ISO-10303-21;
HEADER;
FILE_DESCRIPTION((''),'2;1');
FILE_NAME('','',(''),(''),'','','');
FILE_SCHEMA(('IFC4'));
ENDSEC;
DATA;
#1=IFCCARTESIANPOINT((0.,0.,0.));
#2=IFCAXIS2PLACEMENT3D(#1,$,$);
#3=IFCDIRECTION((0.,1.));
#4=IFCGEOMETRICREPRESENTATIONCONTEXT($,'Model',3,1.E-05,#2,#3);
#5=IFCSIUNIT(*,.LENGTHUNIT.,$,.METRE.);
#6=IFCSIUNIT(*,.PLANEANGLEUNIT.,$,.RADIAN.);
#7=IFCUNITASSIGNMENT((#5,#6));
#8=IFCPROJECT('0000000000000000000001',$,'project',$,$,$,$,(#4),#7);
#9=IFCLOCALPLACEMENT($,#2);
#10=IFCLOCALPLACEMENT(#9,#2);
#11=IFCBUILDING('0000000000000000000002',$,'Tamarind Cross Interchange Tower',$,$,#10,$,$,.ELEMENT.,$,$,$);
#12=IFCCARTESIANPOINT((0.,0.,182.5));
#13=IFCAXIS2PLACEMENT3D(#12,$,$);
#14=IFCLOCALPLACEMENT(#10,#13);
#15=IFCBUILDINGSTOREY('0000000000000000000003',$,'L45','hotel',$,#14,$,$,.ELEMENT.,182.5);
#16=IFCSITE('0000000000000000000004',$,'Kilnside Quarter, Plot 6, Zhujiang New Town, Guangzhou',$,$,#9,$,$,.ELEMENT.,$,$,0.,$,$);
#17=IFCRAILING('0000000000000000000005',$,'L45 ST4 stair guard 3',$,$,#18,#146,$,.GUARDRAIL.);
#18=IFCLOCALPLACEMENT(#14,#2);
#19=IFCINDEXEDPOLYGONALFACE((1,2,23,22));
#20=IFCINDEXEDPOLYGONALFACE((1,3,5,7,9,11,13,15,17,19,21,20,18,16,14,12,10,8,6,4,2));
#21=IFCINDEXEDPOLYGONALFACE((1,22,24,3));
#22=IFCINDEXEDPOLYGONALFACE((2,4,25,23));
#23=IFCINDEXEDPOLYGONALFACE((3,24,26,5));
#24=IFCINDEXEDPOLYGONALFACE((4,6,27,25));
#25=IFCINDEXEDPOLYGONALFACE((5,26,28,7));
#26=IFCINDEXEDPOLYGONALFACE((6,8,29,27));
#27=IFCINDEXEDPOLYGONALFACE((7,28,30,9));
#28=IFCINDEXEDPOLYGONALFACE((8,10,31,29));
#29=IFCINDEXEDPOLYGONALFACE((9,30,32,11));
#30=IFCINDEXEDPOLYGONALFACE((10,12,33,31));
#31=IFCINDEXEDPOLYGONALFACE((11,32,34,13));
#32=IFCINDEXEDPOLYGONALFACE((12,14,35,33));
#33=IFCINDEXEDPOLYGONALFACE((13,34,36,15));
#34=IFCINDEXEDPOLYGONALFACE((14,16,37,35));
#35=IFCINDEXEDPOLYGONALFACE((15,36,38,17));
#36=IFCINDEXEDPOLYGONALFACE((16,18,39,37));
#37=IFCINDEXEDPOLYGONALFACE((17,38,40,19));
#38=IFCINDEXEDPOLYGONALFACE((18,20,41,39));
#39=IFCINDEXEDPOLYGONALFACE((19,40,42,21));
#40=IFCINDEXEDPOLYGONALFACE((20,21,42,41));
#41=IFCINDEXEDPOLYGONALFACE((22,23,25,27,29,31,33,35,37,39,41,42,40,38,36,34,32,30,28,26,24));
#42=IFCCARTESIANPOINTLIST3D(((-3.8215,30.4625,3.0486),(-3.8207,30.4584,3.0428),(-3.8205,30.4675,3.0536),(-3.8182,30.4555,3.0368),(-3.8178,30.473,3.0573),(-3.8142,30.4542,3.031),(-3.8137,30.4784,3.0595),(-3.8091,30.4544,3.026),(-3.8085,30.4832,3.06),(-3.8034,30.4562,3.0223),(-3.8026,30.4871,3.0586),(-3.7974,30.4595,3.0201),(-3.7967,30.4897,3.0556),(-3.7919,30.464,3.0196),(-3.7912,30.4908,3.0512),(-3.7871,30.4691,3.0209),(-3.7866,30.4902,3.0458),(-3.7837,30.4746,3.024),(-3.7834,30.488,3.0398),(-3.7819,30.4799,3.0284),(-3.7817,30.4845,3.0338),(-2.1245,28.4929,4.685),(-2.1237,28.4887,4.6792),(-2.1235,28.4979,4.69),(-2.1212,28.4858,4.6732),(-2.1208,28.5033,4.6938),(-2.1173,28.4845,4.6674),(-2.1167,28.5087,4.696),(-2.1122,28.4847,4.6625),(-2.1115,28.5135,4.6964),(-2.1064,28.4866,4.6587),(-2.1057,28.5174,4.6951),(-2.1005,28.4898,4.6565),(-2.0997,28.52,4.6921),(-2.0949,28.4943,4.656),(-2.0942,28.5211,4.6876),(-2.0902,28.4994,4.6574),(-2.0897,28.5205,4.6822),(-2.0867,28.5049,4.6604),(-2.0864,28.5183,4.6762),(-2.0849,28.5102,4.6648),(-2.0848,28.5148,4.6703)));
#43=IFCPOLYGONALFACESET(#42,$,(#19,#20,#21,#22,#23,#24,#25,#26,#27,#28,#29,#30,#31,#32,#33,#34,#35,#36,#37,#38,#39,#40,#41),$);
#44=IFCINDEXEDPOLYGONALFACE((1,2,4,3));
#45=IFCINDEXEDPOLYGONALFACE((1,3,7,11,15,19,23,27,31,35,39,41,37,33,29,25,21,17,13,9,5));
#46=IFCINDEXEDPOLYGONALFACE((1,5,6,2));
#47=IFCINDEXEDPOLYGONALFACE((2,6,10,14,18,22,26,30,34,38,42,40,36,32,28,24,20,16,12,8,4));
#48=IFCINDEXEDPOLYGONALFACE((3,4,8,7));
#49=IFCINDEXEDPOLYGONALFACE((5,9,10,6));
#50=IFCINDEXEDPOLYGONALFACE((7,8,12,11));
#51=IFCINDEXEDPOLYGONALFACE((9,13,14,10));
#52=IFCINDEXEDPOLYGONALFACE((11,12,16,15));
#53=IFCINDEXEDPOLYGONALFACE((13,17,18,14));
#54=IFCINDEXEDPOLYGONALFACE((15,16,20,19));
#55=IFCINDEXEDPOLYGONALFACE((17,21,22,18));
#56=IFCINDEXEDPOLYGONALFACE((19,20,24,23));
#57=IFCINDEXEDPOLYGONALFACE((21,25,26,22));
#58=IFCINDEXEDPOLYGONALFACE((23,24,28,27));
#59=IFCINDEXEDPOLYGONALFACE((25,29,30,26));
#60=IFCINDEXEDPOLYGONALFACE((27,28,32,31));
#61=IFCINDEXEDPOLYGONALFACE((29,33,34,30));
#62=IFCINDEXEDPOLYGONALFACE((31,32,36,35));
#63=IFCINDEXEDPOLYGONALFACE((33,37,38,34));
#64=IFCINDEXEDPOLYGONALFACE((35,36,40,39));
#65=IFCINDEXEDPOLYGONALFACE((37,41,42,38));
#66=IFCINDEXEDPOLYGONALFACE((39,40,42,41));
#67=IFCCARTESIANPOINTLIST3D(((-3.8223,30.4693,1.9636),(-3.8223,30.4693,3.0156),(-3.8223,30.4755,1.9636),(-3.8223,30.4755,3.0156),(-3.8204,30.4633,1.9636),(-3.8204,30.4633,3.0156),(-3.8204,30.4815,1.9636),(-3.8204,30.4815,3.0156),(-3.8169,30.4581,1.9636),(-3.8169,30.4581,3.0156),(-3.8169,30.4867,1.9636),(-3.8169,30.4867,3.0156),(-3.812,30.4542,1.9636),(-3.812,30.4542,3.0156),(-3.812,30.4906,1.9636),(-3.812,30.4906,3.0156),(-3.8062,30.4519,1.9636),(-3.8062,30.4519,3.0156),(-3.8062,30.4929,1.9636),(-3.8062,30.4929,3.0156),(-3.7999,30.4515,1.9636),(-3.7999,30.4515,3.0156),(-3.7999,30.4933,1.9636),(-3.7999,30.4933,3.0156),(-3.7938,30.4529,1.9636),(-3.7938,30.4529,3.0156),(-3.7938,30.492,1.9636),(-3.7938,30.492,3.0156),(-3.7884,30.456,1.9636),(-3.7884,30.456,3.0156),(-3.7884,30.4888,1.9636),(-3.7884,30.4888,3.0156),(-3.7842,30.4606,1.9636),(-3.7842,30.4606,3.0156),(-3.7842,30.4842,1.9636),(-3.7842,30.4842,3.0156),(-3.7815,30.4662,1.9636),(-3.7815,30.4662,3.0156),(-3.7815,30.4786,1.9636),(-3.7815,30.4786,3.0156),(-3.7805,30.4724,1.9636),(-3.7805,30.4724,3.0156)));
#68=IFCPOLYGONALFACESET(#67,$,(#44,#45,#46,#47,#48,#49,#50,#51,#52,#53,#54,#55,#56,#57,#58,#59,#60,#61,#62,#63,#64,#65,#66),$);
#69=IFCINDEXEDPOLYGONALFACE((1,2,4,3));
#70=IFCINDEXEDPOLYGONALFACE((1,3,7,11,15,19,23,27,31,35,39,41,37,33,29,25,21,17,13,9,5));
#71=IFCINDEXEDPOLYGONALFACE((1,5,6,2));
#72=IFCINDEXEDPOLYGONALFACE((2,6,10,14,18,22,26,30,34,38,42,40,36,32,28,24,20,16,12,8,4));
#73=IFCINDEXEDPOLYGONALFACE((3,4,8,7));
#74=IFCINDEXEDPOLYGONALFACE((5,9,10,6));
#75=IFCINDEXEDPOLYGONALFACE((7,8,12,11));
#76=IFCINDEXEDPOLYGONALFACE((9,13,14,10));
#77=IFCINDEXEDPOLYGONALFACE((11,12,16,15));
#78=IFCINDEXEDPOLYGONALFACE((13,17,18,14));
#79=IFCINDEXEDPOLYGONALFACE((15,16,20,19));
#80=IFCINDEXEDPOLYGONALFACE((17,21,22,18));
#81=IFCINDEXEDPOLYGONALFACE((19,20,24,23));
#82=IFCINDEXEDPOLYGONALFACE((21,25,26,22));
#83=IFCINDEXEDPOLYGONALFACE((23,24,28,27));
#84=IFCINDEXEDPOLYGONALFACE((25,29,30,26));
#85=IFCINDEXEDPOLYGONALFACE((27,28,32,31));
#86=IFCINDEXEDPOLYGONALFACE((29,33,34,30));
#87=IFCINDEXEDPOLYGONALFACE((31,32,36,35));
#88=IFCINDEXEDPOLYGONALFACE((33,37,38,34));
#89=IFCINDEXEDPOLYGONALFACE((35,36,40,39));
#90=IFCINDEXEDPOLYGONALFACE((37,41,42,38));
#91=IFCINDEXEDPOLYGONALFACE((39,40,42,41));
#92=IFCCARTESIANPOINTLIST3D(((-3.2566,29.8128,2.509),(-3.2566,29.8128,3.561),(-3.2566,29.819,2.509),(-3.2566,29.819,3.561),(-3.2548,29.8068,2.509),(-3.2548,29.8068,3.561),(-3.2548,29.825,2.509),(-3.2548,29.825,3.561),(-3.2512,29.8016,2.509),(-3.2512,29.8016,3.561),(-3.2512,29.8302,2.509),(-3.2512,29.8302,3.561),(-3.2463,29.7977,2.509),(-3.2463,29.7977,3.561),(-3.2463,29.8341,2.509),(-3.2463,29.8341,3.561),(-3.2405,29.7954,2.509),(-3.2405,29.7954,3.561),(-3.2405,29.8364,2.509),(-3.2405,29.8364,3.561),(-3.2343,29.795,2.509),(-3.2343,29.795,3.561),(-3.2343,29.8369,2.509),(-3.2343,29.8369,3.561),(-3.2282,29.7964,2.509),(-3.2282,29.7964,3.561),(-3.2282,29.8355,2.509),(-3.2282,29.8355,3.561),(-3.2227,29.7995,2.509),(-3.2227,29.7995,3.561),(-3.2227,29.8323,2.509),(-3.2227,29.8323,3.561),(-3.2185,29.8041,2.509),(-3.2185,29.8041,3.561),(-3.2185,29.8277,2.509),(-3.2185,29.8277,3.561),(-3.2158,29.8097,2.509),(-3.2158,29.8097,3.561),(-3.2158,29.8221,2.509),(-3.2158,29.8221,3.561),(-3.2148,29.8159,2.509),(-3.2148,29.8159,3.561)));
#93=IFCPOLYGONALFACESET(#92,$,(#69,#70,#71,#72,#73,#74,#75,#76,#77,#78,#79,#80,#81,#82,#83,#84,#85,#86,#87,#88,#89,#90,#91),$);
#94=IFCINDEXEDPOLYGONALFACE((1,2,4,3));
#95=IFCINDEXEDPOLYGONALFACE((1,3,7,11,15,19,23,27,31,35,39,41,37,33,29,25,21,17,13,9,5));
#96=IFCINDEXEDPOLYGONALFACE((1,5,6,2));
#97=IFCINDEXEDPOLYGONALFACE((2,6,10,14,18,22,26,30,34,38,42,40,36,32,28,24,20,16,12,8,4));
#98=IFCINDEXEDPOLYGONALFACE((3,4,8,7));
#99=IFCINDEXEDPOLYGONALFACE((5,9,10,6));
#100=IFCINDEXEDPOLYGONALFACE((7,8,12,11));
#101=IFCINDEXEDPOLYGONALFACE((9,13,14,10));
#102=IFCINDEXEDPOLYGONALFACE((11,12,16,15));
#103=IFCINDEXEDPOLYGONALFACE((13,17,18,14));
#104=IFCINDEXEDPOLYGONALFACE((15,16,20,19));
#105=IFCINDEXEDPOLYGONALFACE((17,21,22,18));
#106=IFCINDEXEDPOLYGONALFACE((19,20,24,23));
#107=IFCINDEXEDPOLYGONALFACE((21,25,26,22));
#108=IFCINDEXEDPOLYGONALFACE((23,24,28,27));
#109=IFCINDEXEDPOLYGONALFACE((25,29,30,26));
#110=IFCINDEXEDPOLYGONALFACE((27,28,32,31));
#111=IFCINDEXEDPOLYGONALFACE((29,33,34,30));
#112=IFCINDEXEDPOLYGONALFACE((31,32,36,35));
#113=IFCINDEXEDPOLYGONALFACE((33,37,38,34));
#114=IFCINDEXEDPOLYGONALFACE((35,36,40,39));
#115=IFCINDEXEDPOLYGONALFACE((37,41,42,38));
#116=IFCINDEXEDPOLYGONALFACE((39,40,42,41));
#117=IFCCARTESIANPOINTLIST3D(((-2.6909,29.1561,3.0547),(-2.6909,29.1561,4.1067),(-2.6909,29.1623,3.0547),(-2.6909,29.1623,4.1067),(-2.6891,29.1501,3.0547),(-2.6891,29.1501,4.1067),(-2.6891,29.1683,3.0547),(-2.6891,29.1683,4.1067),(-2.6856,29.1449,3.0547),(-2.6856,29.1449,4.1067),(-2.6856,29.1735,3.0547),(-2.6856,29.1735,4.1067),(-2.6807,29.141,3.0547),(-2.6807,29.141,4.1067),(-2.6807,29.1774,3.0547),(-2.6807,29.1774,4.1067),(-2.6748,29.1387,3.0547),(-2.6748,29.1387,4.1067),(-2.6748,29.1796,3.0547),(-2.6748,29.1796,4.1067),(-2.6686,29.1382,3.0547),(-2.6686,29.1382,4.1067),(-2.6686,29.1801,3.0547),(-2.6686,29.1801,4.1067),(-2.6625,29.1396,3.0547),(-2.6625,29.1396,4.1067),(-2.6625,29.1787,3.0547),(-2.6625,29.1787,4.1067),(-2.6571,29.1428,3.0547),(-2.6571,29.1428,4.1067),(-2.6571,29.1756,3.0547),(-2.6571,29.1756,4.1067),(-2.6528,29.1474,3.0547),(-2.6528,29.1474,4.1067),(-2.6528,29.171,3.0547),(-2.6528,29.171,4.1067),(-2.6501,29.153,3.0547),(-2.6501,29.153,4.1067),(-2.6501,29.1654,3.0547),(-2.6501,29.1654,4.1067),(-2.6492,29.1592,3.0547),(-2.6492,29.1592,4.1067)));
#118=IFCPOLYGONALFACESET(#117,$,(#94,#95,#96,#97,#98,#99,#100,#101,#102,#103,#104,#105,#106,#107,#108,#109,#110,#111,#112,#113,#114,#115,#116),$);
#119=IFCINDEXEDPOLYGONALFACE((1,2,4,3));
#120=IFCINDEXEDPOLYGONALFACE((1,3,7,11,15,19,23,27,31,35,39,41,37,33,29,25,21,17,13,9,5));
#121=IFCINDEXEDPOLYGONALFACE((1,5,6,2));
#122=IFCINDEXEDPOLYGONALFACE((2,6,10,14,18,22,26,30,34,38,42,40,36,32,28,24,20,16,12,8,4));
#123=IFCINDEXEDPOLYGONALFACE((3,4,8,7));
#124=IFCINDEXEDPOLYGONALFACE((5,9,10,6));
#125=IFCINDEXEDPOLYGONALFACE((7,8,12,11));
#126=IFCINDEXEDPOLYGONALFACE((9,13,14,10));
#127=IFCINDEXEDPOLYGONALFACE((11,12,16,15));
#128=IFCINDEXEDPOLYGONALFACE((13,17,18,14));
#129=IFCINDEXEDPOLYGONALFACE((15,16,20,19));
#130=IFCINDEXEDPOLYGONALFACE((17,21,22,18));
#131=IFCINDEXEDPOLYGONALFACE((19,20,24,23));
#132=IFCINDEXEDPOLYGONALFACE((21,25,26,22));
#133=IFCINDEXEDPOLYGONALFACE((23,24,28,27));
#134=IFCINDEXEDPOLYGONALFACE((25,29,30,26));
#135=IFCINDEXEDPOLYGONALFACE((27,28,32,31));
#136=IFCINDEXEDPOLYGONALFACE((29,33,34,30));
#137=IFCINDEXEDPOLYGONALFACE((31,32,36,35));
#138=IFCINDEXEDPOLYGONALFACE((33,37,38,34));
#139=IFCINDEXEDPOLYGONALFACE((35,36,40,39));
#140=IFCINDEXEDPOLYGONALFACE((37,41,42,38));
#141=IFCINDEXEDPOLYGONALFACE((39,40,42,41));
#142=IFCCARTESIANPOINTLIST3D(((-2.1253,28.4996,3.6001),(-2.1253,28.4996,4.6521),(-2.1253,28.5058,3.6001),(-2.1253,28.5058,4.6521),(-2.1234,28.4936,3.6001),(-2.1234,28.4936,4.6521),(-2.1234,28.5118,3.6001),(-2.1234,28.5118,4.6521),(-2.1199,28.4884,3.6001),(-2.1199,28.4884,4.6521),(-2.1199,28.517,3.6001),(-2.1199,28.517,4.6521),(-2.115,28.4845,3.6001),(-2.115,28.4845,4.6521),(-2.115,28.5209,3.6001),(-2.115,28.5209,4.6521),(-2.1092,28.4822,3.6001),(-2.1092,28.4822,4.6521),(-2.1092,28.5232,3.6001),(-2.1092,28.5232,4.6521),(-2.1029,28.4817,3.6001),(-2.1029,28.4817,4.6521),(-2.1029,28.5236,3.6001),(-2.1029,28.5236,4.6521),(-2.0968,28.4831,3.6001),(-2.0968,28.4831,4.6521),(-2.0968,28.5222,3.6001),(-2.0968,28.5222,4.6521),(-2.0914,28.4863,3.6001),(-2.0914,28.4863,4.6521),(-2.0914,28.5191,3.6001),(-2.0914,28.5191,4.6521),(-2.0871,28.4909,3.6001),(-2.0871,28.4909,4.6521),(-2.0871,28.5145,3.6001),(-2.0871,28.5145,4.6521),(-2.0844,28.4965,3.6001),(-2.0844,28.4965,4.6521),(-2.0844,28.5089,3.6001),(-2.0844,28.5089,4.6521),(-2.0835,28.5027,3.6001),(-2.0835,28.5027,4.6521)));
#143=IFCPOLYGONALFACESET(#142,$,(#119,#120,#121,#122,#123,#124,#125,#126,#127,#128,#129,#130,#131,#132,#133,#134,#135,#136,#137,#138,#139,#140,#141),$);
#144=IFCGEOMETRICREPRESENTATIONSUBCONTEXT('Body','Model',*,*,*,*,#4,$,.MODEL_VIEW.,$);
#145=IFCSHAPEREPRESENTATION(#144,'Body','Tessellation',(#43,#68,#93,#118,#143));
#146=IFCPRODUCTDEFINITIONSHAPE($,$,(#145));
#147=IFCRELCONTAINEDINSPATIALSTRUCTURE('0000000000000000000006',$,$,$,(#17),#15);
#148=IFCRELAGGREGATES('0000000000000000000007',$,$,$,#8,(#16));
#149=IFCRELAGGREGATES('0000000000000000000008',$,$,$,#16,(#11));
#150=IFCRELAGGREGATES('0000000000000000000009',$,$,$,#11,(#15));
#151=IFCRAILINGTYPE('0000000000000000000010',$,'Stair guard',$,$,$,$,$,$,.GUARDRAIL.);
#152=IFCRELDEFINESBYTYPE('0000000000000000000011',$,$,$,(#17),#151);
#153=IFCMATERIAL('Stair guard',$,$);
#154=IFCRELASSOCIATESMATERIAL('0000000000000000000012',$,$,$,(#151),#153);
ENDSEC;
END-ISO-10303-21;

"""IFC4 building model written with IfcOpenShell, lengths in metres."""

from ifc_helpers import new_model, si_unit, direction, frame, origin, origin_2d, place, context, subcontext, project, spatial, circle, extrude, material, type_object, element, save


model = new_model("IFC4")

# Units and contexts
model_context = context("Model", 3, precision=1e-05, world=origin(), true_north=direction((0.0, 1.0)))
body_context = subcontext(model_context, "Body", "Model", "MODEL_VIEW")
ifc_project = project(units=[si_unit("LENGTHUNIT", "METRE"), si_unit("PLANEANGLEUNIT", "RADIAN")], contexts=[model_context])

# Site, building, storey
site_placement = place(None, origin())
site = spatial("IfcSite", under=ifc_project, at=site_placement, Name="Kilnside Quarter, Plot 6, Zhujiang New Town, Guangzhou", CompositionType="ELEMENT", RefElevation=0.0)
building_placement = place(site_placement, origin())
building = spatial("IfcBuilding", under=site, at=building_placement, Name="Tamarind Cross Interchange Tower", CompositionType="ELEMENT")
storey_placement = place(building_placement, frame((0.0, 0.0, 182.5)))
storey = spatial("IfcBuildingStorey", under=building, at=storey_placement, Name="L45", Description="hotel", CompositionType="ELEMENT", Elevation=182.5)

# Railing
ifc_material_1 = material(Name="Stair guard")
railing_type_1 = type_object("IfcRailingType", Name="Stair guard", PredefinedType="GUARDRAIL", material=ifc_material_1)
railing_1_placement = place(storey_placement, frame((-3.8015, 30.4724, 1.9636)))
element("IfcRailing", 1, at=railing_1_placement, inside=storey, type_object=railing_type_1, Name="L45 ST4 stair guard 3", PredefinedType="GUARDRAIL", context=body_context, shape_type="SweptSolid", body=[
    extrude(circle(Radius=0.0239, at=origin_2d()), frame((0.0, 0.0, 1.0762), z_axis=(0.552399, -0.641168, 0.53269), x_axis=(0.757604, 0.652715, 0.0)), (0.0, 0.0, 1.0), 3.072),
    extrude(circle(Radius=0.021, at=origin_2d()), origin(), (0.0, 0.0, 1.0), 1.052),
    extrude(circle(Radius=0.021, at=origin_2d()), frame((0.5657, -0.6565, 0.5454)), (0.0, 0.0, 1.0), 1.052),
    extrude(circle(Radius=0.021, at=origin_2d()), frame((1.1313, -1.3132, 1.0911)), (0.0, 0.0, 1.0), 1.052),
    extrude(circle(Radius=0.021, at=origin_2d()), frame((1.697, -1.9697, 1.6365)), (0.0, 0.0, 1.0), 1.052),
])

save(model, "model.ifc")
